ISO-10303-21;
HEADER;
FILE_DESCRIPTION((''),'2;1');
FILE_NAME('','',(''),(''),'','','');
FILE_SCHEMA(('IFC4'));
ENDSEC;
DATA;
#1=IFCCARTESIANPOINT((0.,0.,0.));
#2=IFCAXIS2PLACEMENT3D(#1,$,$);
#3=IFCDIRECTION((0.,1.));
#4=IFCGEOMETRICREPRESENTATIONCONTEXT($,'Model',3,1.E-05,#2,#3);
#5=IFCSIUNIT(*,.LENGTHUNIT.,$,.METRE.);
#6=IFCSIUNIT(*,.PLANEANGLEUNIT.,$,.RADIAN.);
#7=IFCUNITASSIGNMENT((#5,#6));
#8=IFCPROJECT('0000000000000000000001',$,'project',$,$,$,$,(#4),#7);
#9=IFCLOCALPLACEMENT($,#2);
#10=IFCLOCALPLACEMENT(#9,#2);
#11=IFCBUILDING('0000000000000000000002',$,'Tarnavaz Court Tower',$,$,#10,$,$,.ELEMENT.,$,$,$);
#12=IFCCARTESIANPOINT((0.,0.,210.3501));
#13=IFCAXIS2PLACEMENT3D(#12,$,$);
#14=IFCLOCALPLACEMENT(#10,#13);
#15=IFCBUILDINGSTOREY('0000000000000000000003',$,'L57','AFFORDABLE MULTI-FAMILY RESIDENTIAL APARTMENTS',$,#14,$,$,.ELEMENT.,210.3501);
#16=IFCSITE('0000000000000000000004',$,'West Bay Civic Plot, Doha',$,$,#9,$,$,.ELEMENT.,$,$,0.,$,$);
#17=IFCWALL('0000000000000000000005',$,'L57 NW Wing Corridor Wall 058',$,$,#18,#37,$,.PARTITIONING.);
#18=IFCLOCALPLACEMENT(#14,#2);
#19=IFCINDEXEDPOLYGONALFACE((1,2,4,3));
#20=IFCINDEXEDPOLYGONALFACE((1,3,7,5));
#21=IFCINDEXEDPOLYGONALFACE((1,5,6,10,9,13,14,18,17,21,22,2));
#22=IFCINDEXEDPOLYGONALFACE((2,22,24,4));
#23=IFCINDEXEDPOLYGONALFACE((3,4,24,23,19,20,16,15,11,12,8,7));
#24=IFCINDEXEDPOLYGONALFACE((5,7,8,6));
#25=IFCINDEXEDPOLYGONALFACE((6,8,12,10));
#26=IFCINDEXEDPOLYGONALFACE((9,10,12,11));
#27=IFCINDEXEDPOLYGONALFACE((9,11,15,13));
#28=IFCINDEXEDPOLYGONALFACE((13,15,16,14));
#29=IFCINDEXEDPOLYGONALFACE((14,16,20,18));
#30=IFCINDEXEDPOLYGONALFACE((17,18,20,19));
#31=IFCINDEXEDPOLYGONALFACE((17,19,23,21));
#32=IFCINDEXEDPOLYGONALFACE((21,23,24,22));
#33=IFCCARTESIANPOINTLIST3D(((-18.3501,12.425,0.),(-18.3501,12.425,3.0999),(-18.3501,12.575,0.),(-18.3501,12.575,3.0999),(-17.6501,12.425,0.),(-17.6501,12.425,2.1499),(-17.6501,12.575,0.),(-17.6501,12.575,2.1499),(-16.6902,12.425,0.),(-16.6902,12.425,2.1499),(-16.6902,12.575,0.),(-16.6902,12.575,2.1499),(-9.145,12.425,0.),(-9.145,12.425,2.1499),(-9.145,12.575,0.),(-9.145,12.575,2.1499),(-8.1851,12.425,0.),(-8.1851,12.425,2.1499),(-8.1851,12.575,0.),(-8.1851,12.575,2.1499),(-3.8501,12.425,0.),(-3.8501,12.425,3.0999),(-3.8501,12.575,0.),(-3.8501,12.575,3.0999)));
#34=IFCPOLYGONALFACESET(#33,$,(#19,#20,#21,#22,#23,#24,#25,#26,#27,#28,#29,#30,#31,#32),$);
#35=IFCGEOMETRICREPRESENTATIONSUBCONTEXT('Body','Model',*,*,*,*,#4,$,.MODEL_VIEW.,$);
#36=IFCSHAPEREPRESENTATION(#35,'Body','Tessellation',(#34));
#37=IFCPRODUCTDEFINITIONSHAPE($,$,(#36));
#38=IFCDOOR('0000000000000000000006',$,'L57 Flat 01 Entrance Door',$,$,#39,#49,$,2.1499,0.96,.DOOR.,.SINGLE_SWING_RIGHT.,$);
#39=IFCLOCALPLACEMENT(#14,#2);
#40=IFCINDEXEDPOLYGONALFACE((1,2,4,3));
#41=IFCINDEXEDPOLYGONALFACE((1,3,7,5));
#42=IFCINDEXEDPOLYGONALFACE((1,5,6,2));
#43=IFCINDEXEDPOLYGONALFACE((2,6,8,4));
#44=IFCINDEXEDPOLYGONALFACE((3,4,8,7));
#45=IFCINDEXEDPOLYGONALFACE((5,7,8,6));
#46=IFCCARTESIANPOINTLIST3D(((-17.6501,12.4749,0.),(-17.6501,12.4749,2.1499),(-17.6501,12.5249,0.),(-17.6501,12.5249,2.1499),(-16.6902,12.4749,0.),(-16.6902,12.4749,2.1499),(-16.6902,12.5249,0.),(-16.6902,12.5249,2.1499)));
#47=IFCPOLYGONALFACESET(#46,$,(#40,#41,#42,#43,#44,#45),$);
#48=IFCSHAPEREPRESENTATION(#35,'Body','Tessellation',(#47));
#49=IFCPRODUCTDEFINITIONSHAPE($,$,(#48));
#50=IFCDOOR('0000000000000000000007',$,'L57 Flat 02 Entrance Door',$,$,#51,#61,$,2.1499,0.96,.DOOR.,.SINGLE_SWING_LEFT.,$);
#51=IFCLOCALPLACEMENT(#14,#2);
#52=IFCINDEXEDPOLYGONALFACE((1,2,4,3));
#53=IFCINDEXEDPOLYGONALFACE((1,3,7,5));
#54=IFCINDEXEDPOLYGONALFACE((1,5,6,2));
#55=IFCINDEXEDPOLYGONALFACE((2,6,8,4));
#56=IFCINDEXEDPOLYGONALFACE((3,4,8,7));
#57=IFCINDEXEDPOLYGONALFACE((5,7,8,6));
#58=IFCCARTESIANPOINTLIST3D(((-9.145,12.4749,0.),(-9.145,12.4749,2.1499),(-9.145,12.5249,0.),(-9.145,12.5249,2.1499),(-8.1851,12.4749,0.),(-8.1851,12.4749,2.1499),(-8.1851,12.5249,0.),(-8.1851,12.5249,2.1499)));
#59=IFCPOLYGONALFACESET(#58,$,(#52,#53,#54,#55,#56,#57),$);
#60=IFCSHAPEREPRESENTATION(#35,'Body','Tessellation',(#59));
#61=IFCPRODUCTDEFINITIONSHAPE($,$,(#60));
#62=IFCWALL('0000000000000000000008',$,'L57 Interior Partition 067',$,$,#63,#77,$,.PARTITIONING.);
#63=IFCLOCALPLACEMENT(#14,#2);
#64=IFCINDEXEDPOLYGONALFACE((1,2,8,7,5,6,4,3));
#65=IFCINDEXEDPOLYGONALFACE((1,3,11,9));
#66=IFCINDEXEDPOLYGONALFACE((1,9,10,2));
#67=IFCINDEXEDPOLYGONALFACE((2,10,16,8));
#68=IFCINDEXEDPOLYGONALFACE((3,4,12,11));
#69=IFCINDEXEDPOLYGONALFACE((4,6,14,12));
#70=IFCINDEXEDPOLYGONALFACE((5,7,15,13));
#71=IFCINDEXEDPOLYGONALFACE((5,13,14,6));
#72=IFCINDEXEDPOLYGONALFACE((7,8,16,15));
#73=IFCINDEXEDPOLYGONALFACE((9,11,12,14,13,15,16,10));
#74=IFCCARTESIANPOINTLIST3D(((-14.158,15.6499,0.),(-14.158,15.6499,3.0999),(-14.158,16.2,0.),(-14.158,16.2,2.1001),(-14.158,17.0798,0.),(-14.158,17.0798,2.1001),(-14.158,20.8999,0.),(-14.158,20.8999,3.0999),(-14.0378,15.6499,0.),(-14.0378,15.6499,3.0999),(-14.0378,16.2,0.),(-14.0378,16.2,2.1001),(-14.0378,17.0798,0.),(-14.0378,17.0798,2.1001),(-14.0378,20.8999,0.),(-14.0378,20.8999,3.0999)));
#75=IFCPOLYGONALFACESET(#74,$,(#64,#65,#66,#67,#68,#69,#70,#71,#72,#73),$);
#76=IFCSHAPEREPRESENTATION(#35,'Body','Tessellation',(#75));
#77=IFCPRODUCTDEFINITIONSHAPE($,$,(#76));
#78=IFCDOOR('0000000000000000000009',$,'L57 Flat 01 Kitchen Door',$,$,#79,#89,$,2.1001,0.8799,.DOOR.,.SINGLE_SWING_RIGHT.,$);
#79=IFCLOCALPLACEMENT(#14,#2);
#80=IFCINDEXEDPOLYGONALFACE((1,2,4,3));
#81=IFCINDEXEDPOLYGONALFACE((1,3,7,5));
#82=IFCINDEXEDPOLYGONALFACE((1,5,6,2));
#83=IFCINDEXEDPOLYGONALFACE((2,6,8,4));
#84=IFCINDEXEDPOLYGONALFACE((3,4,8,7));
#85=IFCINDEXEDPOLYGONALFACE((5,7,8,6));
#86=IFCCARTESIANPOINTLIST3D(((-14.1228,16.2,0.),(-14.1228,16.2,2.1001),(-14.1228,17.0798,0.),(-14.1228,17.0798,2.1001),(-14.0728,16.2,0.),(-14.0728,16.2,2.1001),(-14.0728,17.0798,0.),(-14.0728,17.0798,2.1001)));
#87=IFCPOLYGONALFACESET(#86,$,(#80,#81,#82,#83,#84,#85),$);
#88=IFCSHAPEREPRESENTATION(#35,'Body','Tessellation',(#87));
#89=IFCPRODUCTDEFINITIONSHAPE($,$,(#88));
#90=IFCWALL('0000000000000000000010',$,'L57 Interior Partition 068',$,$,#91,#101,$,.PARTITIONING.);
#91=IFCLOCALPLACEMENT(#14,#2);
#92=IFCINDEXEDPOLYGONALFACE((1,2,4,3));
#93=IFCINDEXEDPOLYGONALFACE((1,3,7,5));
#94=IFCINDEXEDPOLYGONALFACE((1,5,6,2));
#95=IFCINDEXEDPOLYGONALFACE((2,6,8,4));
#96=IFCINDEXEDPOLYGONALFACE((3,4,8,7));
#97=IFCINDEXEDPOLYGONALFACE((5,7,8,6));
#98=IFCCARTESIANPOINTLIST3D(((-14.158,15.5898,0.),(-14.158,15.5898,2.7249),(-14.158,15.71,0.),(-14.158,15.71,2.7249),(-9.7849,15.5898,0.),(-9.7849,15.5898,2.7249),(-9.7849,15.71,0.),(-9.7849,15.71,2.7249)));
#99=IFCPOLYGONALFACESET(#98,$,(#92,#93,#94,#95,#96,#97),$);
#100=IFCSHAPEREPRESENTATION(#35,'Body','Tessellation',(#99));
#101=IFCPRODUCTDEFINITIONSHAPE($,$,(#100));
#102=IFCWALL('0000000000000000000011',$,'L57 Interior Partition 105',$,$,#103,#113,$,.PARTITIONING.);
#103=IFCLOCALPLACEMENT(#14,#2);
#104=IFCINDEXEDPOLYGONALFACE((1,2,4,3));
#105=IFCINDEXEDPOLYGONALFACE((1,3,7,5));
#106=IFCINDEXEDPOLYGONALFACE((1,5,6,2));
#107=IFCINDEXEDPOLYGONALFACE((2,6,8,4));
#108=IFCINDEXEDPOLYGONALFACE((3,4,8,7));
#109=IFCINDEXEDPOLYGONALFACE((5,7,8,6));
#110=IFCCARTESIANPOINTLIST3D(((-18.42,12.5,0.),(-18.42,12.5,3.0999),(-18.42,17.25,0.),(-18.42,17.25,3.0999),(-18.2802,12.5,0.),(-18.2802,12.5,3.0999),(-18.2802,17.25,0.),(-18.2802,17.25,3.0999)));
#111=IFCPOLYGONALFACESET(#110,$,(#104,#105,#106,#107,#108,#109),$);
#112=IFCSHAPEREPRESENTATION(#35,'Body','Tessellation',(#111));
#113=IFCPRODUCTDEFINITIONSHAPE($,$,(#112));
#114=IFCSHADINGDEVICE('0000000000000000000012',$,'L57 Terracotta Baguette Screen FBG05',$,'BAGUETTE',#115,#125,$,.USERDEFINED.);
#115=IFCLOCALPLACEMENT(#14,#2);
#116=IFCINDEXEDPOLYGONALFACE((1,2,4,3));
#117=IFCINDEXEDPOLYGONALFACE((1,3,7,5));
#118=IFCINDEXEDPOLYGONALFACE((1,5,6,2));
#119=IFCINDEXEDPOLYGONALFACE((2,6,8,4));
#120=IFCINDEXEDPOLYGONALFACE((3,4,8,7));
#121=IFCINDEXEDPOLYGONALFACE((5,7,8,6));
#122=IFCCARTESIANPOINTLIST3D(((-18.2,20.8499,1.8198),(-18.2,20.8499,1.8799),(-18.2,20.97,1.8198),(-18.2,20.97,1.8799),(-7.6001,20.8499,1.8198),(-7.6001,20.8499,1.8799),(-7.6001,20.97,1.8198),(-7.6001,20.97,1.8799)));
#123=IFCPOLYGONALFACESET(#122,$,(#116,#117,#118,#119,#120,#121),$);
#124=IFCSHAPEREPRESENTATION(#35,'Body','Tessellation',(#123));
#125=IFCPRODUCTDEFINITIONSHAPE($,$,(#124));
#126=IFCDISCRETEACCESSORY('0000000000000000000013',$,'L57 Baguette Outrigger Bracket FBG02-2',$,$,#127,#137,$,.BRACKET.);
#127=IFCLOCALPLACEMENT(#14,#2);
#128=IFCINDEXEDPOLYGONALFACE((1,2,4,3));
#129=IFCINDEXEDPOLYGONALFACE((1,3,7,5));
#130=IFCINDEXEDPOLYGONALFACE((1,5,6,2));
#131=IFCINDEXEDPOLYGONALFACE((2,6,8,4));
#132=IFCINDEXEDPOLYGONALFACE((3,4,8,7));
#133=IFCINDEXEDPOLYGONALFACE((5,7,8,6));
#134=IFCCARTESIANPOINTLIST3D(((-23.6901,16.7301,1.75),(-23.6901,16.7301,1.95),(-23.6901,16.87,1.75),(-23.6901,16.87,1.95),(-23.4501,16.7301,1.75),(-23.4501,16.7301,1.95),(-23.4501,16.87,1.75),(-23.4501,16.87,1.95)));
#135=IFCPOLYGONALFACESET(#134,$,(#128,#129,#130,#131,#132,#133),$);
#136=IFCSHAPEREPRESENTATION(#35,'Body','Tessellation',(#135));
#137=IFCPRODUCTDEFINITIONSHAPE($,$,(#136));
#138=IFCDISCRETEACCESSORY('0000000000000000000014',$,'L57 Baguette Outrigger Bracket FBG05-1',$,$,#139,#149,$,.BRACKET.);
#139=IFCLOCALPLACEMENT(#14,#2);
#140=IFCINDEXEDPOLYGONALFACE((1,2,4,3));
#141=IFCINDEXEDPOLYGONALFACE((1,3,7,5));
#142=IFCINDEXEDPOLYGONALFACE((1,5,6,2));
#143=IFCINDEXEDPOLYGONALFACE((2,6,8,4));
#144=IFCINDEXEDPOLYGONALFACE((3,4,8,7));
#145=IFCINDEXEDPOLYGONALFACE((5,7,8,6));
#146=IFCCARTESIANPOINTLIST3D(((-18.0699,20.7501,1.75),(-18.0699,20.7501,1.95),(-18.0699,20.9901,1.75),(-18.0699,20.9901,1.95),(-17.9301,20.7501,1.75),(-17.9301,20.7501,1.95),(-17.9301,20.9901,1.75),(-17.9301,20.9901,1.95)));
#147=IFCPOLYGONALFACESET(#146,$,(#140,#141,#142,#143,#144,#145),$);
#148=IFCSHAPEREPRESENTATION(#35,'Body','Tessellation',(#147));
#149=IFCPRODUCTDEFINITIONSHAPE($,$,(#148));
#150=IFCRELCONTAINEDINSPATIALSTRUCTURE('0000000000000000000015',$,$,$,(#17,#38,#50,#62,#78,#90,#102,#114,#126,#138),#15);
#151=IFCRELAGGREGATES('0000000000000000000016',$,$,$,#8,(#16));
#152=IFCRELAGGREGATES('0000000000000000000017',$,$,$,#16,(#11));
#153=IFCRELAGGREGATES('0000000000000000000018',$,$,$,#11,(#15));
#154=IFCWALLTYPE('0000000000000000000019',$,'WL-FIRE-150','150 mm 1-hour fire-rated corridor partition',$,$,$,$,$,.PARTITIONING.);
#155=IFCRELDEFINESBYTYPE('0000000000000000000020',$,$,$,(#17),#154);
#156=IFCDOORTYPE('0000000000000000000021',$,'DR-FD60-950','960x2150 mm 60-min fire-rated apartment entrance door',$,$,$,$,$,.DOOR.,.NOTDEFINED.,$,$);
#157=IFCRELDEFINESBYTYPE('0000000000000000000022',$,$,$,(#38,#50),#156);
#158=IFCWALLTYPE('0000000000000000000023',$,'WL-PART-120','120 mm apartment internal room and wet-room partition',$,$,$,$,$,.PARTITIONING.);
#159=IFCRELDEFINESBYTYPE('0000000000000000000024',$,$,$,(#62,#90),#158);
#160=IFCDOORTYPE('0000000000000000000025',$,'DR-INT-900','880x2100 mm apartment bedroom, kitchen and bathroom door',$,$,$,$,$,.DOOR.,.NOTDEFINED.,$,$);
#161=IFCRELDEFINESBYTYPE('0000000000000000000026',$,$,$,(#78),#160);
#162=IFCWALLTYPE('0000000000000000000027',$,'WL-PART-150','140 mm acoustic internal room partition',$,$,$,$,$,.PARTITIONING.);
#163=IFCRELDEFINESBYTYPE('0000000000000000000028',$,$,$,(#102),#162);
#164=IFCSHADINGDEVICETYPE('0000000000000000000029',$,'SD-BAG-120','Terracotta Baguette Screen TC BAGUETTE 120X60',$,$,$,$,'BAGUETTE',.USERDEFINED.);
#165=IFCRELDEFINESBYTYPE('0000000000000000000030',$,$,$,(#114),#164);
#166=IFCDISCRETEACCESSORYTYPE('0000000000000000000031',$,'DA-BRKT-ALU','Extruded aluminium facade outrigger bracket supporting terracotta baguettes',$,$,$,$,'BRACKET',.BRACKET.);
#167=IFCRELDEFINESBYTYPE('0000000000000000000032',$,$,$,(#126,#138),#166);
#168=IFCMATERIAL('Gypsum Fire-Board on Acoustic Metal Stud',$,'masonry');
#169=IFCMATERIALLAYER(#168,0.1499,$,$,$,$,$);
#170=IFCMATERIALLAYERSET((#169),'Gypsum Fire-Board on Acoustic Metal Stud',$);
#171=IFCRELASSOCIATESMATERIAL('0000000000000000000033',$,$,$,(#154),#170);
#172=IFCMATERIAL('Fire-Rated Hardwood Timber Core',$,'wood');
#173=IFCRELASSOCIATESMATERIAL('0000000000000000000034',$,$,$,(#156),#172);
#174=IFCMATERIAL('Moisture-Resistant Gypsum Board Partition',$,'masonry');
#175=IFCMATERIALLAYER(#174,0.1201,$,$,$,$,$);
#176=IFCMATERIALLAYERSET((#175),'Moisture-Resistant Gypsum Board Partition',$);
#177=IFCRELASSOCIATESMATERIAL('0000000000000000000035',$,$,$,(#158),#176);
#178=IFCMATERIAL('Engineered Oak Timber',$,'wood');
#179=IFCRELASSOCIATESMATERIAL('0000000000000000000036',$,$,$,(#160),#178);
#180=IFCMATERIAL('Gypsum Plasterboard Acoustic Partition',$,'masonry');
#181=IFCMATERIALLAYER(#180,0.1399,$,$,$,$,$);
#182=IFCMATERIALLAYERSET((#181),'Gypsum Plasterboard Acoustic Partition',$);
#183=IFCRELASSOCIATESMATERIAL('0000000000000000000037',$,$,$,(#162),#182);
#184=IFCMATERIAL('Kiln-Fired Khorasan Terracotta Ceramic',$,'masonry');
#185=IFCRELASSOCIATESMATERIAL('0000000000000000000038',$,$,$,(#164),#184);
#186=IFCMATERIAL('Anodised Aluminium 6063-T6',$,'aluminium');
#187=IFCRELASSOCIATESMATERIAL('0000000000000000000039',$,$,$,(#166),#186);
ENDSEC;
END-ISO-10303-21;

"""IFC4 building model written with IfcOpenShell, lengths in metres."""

from ifc_helpers import new_model, si_unit, direction, frame, frame_2d, origin, origin_2d, place, context, subcontext, project, spatial, rectangle, extrude, material, layer, layer_set, material_profile, profile_set, type_object, element, fill, save


model = new_model("IFC4")

# Units and contexts
model_context = context("Model", 3, precision=1e-05, world=origin(), true_north=direction((0.0, 1.0)))
body_context = subcontext(model_context, "Body", "Model", "MODEL_VIEW")
ifc_project = project(units=[si_unit("LENGTHUNIT", "METRE"), si_unit("PLANEANGLEUNIT", "RADIAN")], contexts=[model_context])

# Site, building, storey
site_placement = place(None, origin())
site = spatial("IfcSite", under=ifc_project, at=site_placement, Name="West Bay Civic Plot, Doha", CompositionType="ELEMENT", RefElevation=0.0)
building_placement = place(site_placement, origin())
building = spatial("IfcBuilding", under=site, at=building_placement, Name="Tarnavaz Court Tower", CompositionType="ELEMENT")
storey_placement = place(building_placement, frame((0.0, 0.0, 210.3501)))
storey = spatial("IfcBuildingStorey", under=building, at=storey_placement, Name="L57", Description="AFFORDABLE MULTI-FAMILY RESIDENTIAL APARTMENTS", CompositionType="ELEMENT", Elevation=210.3501)

# Wall, openings, doors
ifc_material_1 = material(Name="Gypsum Fire-Board on Acoustic Metal Stud", Category="masonry")
ifc_layer_1 = layer(ifc_material_1, 0.1499)
ifc_layer_set_1 = layer_set([ifc_layer_1], Name="Gypsum Fire-Board on Acoustic Metal Stud")
wall_type_1 = type_object("IfcWallType", Name="WL-FIRE-150", Description="150 mm 1-hour fire-rated corridor partition", PredefinedType="PARTITIONING", material=ifc_layer_set_1)
wall_1_placement = place(storey_placement, frame((-18.3501, 12.5, 0.0), z_axis=(0.0, 0.0, 1.0), x_axis=(1.0, 0.0, 0.0)))
wall_1 = element("IfcWall", 1, at=wall_1_placement, inside=storey, type_object=wall_type_1, Name="L57 NW Wing Corridor Wall 058", PredefinedType="PARTITIONING", context=body_context, shape_type="SweptSolid", body=[
    extrude(rectangle(XDim=14.5, YDim=0.1499, at=frame_2d((7.25, 0.0))), origin(), (0.0, 0.0, 1.0), 3.0999),
])
opening_1_placement = place(wall_1_placement, frame((0.7, 0.0, 0.0)))
opening_1 = element("IfcOpeningElement", 2, at=opening_1_placement, cuts=wall_1, PredefinedType="OPENING", context=body_context, shape_type="SweptSolid", body=[
    extrude(rectangle(XDim=0.96, YDim=2.1499, at=frame_2d((0.48, 1.075))), frame((0.0, 0.085, 0.0), z_axis=(0.0, -1.0, 0.0), x_axis=(1.0, 0.0, 0.0)), (0.0, 0.0, 1.0), 0.1699),
])
opening_2_placement = place(wall_1_placement, frame((9.2051, 0.0, 0.0)))
opening_2 = element("IfcOpeningElement", 3, at=opening_2_placement, cuts=wall_1, PredefinedType="OPENING", context=body_context, shape_type="SweptSolid", body=[
    extrude(rectangle(XDim=0.96, YDim=2.1499, at=frame_2d((0.48, 1.075))), frame((0.0, 0.085, 0.0), z_axis=(0.0, -1.0, 0.0), x_axis=(1.0, 0.0, 0.0)), (0.0, 0.0, 1.0), 0.1699),
])
ifc_material_2 = material(Name="Fire-Rated Hardwood Timber Core", Category="wood")
door_type_1 = type_object("IfcDoorType", Name="DR-FD60-950", Description="960x2150 mm 60-min fire-rated apartment entrance door", OperationType="NOTDEFINED", PredefinedType="DOOR", material=ifc_material_2)
door_1_placement = place(opening_1_placement, origin())
door_1 = element("IfcDoor", 4, at=door_1_placement, inside=storey, type_object=door_type_1, Name="L57 Flat 01 Entrance Door", OperationType="SINGLE_SWING_RIGHT", OverallHeight=2.1499, OverallWidth=0.96, PredefinedType="DOOR", context=body_context, shape_type="SweptSolid", body=[
    extrude(rectangle(XDim=0.96, YDim=2.1499, at=frame_2d((0.48, 1.075))), frame((0.0, 0.0249, 0.0), z_axis=(0.0, -1.0, 0.0), x_axis=(1.0, 0.0, 0.0)), (0.0, 0.0, 1.0), 0.05),
])
fill(opening_1, door_1)
door_2_placement = place(opening_2_placement, origin())
door_2 = element("IfcDoor", 5, at=door_2_placement, inside=storey, type_object=door_type_1, Name="L57 Flat 02 Entrance Door", OperationType="SINGLE_SWING_LEFT", OverallHeight=2.1499, OverallWidth=0.96, PredefinedType="DOOR", context=body_context, shape_type="SweptSolid", body=[
    extrude(rectangle(XDim=0.96, YDim=2.1499, at=frame_2d((0.48, 1.075))), frame((0.0, 0.0249, 0.0), z_axis=(0.0, -1.0, 0.0), x_axis=(1.0, 0.0, 0.0)), (0.0, 0.0, 1.0), 0.05),
])
fill(opening_2, door_2)

# Wall, opening, door
ifc_material_3 = material(Name="Moisture-Resistant Gypsum Board Partition", Category="masonry")
ifc_layer_2 = layer(ifc_material_3, 0.1201)
ifc_layer_set_2 = layer_set([ifc_layer_2], Name="Moisture-Resistant Gypsum Board Partition")
wall_type_2 = type_object("IfcWallType", Name="WL-PART-120", Description="120 mm apartment internal room and wet-room partition", PredefinedType="PARTITIONING", material=ifc_layer_set_2)
wall_2_placement = place(storey_placement, frame((-14.0979, 15.6499, 0.0), z_axis=(0.0, 0.0, 1.0), x_axis=(0.0, 1.0, 0.0)))
wall_2 = element("IfcWall", 6, at=wall_2_placement, inside=storey, type_object=wall_type_2, Name="L57 Interior Partition 067", PredefinedType="PARTITIONING", context=body_context, shape_type="SweptSolid", body=[
    extrude(rectangle(XDim=5.25, YDim=0.1201, at=frame_2d((2.625, 0.0))), origin(), (0.0, 0.0, 1.0), 3.0999),
])
opening_3_placement = place(wall_2_placement, frame((0.55, 0.0, 0.0)))
opening_3 = element("IfcOpeningElement", 7, at=opening_3_placement, cuts=wall_2, PredefinedType="OPENING", context=body_context, shape_type="SweptSolid", body=[
    extrude(rectangle(XDim=0.8799, YDim=2.1001, at=frame_2d((0.4399, 1.05))), frame((0.0, 0.0701, 0.0), z_axis=(0.0, -1.0, 0.0), x_axis=(1.0, 0.0, 0.0)), (0.0, 0.0, 1.0), 0.1401),
])
ifc_material_4 = material(Name="Engineered Oak Timber", Category="wood")
door_type_2 = type_object("IfcDoorType", Name="DR-INT-900", Description="880x2100 mm apartment bedroom, kitchen and bathroom door", OperationType="NOTDEFINED", PredefinedType="DOOR", material=ifc_material_4)
door_3_placement = place(opening_3_placement, origin())
door_3 = element("IfcDoor", 8, at=door_3_placement, inside=storey, type_object=door_type_2, Name="L57 Flat 01 Kitchen Door", OperationType="SINGLE_SWING_RIGHT", OverallHeight=2.1001, OverallWidth=0.8799, PredefinedType="DOOR", context=body_context, shape_type="SweptSolid", body=[
    extrude(rectangle(XDim=0.8799, YDim=2.1001, at=frame_2d((0.4399, 1.05))), frame((0.0, 0.0249, 0.0), z_axis=(0.0, -1.0, 0.0), x_axis=(1.0, 0.0, 0.0)), (0.0, 0.0, 1.0), 0.05),
])
fill(opening_3, door_3)

# Walls
wall_3_placement = place(storey_placement, frame((-14.158, 15.6499, 0.0), z_axis=(0.0, 0.0, 1.0), x_axis=(1.0, 0.0, 0.0)))
element("IfcWall", 9, at=wall_3_placement, inside=storey, type_object=wall_type_2, Name="L57 Interior Partition 068", PredefinedType="PARTITIONING", context=body_context, shape_type="SweptSolid", body=[
    extrude(rectangle(XDim=4.373, YDim=0.1201, at=frame_2d((2.1865, 0.0))), origin(), (0.0, 0.0, 1.0), 2.7249),
])
ifc_material_5 = material(Name="Gypsum Plasterboard Acoustic Partition", Category="masonry")
ifc_layer_3 = layer(ifc_material_5, 0.1399)
ifc_layer_set_3 = layer_set([ifc_layer_3], Name="Gypsum Plasterboard Acoustic Partition")
wall_type_3 = type_object("IfcWallType", Name="WL-PART-150", Description="140 mm acoustic internal room partition", PredefinedType="PARTITIONING", material=ifc_layer_set_3)
wall_4_placement = place(storey_placement, frame((-18.3501, 12.5, 0.0), z_axis=(0.0, 0.0, 1.0), x_axis=(0.0, 1.0, 0.0)))
element("IfcWall", 10, at=wall_4_placement, inside=storey, type_object=wall_type_3, Name="L57 Interior Partition 105", PredefinedType="PARTITIONING", context=body_context, shape_type="SweptSolid", body=[
    extrude(rectangle(XDim=4.75, YDim=0.1399, at=frame_2d((2.375, 0.0))), origin(), (0.0, 0.0, 1.0), 3.0999),
])

# Shading device
ifc_material_6 = material(Name="Kiln-Fired Khorasan Terracotta Ceramic", Category="masonry")
ifc_material_profile_1 = material_profile(ifc_material_6, rectangle(XDim=0.1201, YDim=0.0601, at=origin_2d()), Name="TC BAGUETTE 120X60")
ifc_profile_set_1 = profile_set([ifc_material_profile_1], Name="Kiln-Fired Khorasan Terracotta Ceramic")
shading_device_type = type_object("IfcShadingDeviceType", Name="SD-BAG-120", Description="Terracotta Baguette Screen TC BAGUETTE 120X60", ElementType="BAGUETTE", PredefinedType="USERDEFINED", material=ifc_profile_set_1)
shading_device_placement = place(storey_placement, frame((-18.2, 20.9099, 1.8499), z_axis=(1.0, 0.0, 0.0), x_axis=(0.0, 1.0, 0.0)))
element("IfcShadingDevice", 11, at=shading_device_placement, inside=storey, type_object=shading_device_type, Name="L57 Terracotta Baguette Screen FBG05", ObjectType="BAGUETTE", PredefinedType="USERDEFINED", context=body_context, shape_type="SweptSolid", body=[
    extrude(rectangle(XDim=0.1201, YDim=0.0601, at=origin_2d()), origin(), (0.0, 0.0, 1.0), 10.5999),
])

# Discrete accessories
ifc_material_7 = material(Name="Anodised Aluminium 6063-T6", Category="aluminium")
discrete_accessory_type = type_object("IfcDiscreteAccessoryType", Name="DA-BRKT-ALU", Description="Extruded aluminium facade outrigger bracket supporting terracotta baguettes", ElementType="BRACKET", PredefinedType="BRACKET", material=ifc_material_7)
for number, where, z_axis, x_axis, name in (
    (12, (-23.5701, 16.8, 1.75), (0.0, 0.0, 1.0), (0.0, 1.0, 0.0), "L57 Baguette Outrigger Bracket FBG02-2"),
    (13, (-18.0, 20.8701, 1.75), (0.0, 0.0, 1.0), (1.0, 0.0, 0.0), "L57 Baguette Outrigger Bracket FBG05-1"),
):
    element("IfcDiscreteAccessory", number, at=place(storey_placement, frame(where, z_axis=z_axis, x_axis=x_axis)), inside=storey, type_object=discrete_accessory_type, Name=name, PredefinedType="BRACKET", context=body_context, shape_type="SweptSolid", body=[
        extrude(rectangle(XDim=0.1399, YDim=0.24, at=origin_2d()), origin(), (0.0, 0.0, 1.0), 0.2),
    ])

save(model, "model.ifc")
